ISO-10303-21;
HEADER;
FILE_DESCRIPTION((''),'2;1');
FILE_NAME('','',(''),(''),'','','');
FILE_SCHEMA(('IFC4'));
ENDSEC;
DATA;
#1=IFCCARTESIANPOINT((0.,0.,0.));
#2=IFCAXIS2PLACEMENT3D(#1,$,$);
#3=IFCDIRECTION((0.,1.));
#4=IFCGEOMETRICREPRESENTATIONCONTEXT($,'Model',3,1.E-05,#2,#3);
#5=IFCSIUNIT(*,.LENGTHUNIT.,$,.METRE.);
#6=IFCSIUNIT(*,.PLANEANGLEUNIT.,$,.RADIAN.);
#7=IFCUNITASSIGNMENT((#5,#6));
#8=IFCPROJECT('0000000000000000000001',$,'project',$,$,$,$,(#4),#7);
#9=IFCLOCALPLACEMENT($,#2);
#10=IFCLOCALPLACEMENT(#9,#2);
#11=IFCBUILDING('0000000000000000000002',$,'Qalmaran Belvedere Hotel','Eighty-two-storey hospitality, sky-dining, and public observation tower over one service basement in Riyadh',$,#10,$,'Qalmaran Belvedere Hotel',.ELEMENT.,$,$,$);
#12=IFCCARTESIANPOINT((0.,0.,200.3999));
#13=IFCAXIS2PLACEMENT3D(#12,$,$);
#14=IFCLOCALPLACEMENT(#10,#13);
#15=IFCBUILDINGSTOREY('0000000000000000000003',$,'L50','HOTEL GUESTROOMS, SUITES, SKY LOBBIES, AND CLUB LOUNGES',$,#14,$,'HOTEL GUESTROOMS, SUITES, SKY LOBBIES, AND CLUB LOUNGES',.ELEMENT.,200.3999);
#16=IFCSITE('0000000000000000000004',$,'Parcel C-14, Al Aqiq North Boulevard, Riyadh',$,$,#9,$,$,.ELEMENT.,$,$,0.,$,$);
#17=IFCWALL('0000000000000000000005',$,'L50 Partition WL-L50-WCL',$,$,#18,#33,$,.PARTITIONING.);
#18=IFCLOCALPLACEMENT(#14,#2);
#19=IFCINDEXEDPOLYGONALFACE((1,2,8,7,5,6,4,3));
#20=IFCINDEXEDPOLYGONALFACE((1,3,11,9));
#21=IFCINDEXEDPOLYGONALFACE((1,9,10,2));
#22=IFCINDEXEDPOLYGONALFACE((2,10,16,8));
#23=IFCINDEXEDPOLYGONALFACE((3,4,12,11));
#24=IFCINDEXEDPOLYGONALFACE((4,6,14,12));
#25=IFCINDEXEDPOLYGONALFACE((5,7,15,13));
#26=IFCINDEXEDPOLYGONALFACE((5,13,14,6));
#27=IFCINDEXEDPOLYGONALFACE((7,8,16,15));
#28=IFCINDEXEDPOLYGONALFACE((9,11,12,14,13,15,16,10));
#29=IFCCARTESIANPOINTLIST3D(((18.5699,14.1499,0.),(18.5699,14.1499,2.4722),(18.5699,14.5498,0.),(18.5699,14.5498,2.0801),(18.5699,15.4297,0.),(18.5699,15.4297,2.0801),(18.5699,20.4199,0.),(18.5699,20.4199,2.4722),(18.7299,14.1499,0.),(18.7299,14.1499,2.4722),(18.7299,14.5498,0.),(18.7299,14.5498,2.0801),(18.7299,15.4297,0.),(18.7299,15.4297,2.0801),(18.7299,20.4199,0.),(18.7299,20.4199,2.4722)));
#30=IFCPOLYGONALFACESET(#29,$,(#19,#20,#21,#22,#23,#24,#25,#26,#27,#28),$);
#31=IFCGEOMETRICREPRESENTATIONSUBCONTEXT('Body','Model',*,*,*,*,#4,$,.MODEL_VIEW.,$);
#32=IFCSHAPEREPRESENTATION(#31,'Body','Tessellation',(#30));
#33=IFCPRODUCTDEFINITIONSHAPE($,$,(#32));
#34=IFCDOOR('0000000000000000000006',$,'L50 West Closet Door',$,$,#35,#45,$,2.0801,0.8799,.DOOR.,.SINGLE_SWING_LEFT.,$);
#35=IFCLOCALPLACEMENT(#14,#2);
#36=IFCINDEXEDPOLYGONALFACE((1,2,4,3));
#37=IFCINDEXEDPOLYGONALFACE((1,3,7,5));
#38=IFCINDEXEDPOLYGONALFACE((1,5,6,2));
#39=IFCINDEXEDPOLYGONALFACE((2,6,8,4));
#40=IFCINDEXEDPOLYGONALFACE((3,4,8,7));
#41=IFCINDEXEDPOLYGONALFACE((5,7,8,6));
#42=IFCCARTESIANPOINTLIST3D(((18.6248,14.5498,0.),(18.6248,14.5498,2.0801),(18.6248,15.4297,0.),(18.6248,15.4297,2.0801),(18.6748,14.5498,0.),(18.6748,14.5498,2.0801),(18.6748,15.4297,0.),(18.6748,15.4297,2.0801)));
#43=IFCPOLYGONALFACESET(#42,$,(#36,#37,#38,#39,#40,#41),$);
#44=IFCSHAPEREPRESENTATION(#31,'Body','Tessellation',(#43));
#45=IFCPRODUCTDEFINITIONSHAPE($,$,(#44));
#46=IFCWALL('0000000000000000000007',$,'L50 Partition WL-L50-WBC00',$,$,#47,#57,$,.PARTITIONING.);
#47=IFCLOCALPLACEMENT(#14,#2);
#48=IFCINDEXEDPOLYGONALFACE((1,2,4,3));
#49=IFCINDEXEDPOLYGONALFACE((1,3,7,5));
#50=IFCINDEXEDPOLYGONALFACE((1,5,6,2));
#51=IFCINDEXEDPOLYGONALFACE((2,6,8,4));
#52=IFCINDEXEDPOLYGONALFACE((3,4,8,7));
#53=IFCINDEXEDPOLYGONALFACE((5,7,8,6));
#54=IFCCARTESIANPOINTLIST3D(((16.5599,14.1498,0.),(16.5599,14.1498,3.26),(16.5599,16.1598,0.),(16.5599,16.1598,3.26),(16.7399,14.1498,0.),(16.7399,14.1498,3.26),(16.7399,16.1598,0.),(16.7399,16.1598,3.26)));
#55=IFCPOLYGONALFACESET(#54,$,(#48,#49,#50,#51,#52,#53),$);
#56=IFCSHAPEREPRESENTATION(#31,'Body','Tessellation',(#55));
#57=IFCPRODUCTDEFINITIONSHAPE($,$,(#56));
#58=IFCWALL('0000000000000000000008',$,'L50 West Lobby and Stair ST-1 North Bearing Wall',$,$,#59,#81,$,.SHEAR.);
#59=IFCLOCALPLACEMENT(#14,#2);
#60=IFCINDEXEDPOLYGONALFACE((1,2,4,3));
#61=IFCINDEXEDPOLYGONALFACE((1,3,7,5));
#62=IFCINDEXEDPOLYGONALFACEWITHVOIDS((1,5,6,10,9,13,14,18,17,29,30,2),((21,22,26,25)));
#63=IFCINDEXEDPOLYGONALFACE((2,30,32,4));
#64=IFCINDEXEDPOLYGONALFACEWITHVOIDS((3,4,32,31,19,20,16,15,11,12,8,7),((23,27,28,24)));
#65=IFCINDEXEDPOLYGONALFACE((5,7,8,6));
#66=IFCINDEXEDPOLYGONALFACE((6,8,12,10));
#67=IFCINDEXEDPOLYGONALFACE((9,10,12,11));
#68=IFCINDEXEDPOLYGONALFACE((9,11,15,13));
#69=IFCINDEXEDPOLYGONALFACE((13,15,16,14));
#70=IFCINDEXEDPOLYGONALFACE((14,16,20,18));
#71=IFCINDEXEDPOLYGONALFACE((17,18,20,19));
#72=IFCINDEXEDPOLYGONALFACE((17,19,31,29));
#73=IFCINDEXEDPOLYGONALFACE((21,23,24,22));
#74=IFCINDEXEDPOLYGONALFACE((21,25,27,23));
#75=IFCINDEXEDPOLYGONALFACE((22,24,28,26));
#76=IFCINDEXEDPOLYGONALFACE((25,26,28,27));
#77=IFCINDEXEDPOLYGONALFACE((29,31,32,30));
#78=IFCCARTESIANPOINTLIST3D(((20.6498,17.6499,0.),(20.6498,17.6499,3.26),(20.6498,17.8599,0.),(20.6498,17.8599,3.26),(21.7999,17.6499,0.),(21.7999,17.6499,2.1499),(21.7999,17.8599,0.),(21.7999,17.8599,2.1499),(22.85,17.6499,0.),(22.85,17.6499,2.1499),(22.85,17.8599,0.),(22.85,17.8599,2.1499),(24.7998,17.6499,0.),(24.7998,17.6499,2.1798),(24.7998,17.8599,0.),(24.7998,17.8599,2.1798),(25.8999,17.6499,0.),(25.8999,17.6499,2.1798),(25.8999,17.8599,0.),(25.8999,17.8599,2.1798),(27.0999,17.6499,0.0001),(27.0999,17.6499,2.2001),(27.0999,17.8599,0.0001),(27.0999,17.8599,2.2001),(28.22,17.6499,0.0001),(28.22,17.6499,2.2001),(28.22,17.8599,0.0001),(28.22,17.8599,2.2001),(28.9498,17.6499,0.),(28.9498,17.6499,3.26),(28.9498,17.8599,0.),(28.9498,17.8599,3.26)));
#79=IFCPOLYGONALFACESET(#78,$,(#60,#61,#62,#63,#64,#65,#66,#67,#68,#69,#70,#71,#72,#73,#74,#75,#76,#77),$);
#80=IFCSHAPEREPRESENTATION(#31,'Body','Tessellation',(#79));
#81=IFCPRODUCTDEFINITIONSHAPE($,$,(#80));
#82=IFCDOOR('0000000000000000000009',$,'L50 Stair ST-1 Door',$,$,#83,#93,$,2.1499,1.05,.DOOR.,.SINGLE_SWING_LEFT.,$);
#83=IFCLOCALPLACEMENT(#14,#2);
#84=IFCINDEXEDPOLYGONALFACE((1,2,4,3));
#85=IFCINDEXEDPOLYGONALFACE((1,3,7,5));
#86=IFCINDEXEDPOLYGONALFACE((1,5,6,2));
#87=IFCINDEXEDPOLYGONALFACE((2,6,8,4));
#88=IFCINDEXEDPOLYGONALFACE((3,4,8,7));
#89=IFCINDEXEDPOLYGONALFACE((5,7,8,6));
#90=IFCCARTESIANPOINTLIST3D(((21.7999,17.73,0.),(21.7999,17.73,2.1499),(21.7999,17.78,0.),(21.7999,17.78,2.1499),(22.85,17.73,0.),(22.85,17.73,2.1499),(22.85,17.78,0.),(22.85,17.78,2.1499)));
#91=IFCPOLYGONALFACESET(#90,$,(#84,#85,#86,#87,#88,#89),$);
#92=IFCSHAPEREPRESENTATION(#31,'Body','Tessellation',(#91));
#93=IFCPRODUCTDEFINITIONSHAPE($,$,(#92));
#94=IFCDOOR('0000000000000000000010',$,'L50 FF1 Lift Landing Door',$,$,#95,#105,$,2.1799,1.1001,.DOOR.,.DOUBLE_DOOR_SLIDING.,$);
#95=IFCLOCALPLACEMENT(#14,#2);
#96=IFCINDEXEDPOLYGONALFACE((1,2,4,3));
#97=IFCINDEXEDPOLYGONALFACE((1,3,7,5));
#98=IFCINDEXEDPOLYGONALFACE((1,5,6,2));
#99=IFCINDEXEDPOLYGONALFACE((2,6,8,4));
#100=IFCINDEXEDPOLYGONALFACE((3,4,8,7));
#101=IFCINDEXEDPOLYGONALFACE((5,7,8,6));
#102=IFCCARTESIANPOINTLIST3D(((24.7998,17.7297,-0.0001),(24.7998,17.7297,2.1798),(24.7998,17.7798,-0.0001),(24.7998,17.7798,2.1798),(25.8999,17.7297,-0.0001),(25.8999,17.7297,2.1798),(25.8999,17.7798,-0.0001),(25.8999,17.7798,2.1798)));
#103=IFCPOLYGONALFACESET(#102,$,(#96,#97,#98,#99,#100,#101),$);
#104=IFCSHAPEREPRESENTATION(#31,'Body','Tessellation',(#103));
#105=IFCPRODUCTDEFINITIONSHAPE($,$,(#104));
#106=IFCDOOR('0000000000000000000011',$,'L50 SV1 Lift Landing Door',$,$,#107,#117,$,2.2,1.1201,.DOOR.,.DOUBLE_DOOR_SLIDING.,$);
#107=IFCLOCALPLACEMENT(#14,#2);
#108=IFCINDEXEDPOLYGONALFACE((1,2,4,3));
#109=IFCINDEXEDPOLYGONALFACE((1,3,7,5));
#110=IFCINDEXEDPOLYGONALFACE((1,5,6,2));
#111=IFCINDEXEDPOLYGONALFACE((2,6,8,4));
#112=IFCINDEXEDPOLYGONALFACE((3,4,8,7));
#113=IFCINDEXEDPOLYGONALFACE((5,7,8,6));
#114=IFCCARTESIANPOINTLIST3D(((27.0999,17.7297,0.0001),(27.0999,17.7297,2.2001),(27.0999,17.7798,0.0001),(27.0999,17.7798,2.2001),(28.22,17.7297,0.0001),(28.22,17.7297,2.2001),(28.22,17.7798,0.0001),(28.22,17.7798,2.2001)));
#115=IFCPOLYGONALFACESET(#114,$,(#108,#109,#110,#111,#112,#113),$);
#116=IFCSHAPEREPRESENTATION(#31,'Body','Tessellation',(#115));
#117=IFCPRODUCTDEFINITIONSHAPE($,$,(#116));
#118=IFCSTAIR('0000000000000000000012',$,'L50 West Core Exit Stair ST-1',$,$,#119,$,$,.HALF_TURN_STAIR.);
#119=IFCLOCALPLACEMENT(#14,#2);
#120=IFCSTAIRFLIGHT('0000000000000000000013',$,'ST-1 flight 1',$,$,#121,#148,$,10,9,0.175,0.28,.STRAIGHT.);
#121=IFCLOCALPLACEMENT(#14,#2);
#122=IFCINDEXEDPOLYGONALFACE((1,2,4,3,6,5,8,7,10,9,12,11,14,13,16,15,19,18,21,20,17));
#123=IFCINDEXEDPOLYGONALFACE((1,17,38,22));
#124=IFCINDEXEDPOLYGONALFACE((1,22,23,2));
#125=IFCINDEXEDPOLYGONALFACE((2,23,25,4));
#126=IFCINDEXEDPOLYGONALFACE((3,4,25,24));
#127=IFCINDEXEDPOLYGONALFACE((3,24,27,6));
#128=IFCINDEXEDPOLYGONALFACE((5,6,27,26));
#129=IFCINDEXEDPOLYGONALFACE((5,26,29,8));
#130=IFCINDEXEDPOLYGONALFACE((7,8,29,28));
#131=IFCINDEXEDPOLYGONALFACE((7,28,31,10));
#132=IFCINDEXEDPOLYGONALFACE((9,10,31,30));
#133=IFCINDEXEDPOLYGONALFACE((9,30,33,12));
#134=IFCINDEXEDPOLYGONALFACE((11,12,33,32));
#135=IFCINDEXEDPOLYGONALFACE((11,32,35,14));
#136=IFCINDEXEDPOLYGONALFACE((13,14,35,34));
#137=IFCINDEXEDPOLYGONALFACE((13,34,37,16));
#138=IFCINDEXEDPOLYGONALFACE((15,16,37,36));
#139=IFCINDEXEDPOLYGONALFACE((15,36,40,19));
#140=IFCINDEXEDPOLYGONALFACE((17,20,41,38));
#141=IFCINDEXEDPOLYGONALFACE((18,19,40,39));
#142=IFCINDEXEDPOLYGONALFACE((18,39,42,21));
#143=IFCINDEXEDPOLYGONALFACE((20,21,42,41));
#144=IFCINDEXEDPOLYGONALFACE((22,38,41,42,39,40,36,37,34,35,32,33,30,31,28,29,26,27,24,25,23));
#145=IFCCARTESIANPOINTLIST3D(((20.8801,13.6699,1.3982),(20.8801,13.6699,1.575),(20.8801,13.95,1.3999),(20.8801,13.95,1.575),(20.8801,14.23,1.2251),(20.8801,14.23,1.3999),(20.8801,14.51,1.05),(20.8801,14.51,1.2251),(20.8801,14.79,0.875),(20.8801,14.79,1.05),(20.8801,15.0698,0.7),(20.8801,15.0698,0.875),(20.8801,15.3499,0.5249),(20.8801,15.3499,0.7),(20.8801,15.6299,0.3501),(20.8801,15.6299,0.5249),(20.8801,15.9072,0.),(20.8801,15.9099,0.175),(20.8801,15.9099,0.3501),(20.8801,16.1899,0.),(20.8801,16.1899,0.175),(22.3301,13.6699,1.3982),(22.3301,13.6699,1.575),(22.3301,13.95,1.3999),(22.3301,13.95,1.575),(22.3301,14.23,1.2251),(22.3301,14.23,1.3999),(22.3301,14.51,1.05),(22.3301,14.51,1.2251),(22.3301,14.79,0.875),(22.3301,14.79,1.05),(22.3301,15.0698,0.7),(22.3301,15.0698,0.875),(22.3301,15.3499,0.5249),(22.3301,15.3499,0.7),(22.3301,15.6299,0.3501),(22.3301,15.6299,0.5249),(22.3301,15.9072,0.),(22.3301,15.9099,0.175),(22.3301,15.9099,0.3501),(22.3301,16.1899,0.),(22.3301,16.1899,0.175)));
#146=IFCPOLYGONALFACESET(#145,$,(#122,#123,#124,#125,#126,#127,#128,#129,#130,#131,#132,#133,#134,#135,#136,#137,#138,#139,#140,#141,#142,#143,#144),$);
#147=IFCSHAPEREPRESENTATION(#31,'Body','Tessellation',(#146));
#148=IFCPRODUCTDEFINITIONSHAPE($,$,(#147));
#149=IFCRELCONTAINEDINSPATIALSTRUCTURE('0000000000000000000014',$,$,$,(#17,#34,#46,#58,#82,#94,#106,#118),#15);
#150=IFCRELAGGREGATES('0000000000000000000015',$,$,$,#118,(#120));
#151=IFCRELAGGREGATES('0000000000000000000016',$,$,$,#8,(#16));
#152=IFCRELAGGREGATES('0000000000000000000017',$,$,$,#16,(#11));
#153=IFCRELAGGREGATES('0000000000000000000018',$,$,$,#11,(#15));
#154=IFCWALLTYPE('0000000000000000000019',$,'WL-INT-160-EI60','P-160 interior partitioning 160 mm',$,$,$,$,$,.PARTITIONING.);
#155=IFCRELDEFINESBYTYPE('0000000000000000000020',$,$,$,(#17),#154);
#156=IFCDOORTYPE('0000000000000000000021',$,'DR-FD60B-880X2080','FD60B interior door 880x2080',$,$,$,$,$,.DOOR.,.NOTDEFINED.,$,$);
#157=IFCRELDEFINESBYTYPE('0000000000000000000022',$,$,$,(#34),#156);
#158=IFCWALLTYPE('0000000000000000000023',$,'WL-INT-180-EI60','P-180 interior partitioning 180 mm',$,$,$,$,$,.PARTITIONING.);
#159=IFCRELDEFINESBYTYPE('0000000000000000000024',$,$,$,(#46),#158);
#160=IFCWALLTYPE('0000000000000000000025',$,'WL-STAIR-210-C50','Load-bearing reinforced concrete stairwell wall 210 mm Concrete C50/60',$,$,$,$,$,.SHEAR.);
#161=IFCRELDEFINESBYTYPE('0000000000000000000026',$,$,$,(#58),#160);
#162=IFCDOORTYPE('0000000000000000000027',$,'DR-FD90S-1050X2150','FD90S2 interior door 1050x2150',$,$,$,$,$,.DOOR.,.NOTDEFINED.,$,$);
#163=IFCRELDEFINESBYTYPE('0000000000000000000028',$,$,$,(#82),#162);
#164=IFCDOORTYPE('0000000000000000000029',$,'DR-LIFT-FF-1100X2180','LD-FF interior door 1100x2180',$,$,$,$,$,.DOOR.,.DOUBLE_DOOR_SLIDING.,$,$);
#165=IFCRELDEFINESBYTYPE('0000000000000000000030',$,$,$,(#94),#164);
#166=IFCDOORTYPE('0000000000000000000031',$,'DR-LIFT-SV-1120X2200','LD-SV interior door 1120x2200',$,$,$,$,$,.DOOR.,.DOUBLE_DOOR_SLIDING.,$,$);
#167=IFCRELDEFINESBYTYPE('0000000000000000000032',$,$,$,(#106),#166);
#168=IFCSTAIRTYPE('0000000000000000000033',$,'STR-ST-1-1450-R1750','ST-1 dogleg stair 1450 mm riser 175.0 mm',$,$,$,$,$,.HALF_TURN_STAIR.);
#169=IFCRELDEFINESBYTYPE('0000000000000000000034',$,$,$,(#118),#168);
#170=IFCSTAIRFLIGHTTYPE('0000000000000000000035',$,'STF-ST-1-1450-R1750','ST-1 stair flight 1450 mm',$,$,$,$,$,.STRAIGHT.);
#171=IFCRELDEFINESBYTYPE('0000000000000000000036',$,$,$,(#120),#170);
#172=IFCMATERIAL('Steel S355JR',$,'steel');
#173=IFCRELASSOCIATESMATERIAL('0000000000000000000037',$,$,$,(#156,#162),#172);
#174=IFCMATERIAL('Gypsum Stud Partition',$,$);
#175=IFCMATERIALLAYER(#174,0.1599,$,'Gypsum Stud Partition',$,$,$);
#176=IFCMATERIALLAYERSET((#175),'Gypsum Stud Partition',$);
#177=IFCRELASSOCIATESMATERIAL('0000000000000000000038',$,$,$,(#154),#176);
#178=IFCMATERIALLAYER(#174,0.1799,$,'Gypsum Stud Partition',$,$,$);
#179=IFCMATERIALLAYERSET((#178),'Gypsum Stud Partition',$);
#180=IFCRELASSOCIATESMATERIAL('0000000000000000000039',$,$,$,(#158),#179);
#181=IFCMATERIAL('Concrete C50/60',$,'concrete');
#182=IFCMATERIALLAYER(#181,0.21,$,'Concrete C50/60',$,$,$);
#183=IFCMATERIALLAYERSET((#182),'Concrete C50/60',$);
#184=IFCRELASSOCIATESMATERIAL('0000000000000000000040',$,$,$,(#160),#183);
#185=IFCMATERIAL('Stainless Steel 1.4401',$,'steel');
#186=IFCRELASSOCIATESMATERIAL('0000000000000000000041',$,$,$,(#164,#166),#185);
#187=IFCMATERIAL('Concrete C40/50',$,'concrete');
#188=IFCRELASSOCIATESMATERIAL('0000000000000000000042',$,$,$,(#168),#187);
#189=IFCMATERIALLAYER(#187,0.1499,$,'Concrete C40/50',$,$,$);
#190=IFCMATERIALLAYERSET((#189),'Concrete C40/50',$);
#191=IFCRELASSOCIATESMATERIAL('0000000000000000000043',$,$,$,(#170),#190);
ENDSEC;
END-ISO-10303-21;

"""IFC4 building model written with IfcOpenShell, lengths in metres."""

from ifc_helpers import new_model, si_unit, direction, frame, frame_2d, origin, place, context, subcontext, project, spatial, polyline, rectangle, outline, extrude, material, layer, layer_set, type_object, element, fill, aggregate, save


model = new_model("IFC4")

# Units and contexts
model_context = context("Model", 3, precision=1e-05, world=origin(), true_north=direction((0.0, 1.0)))
body_context = subcontext(model_context, "Body", "Model", "MODEL_VIEW")
ifc_project = project(units=[si_unit("LENGTHUNIT", "METRE"), si_unit("PLANEANGLEUNIT", "RADIAN")], contexts=[model_context])

# Site, building, storey
site_placement = place(None, origin())
site = spatial("IfcSite", under=ifc_project, at=site_placement, Name="Parcel C-14, Al Aqiq North Boulevard, Riyadh", CompositionType="ELEMENT", RefElevation=0.0)
building_placement = place(site_placement, origin())
building = spatial("IfcBuilding", under=site, at=building_placement, Name="Qalmaran Belvedere Hotel", Description="Eighty-two-storey hospitality, sky-dining, and public observation tower over one service basement in Riyadh", LongName="Qalmaran Belvedere Hotel", CompositionType="ELEMENT")
storey_placement = place(building_placement, frame((0.0, 0.0, 200.3999)))
storey = spatial("IfcBuildingStorey", under=building, at=storey_placement, Name="L50", Description="HOTEL GUESTROOMS, SUITES, SKY LOBBIES, AND CLUB LOUNGES", LongName="HOTEL GUESTROOMS, SUITES, SKY LOBBIES, AND CLUB LOUNGES", CompositionType="ELEMENT", Elevation=200.3999)

# Shared definitions
ifc_material_1 = material(Name="Gypsum Stud Partition")

# Shared definitions
ifc_material_2 = material(Name="Steel S355JR", Category="steel")
door_type_1 = type_object("IfcDoorType", Name="DR-FD60B-880X2080", Description="FD60B interior door 880x2080", OperationType="NOTDEFINED", PredefinedType="DOOR", material=ifc_material_2)

# Wall, opening, door
ifc_layer_1 = layer(ifc_material_1, 0.1599, Name="Gypsum Stud Partition")
ifc_layer_set_1 = layer_set([ifc_layer_1], Name="Gypsum Stud Partition")
wall_type_1 = type_object("IfcWallType", Name="WL-INT-160-EI60", Description="P-160 interior partitioning 160 mm", PredefinedType="PARTITIONING", material=ifc_layer_set_1)
wall_1_placement = place(storey_placement, frame((18.6499, 14.1499, 0.0), z_axis=(0.0, 0.0, 1.0), x_axis=(0.0, 1.0, 0.0)))
wall_1 = element("IfcWall", 1, at=wall_1_placement, inside=storey, type_object=wall_type_1, Name="L50 Partition WL-L50-WCL", PredefinedType="PARTITIONING", context=body_context, shape_type="SweptSolid", body=[
    extrude(rectangle(XDim=6.27, YDim=0.1599, at=frame_2d((3.135, 0.0))), origin(), (0.0, 0.0, 1.0), 2.4722),
])
opening_1_placement = place(wall_1_placement, frame((1.2798, 0.0, 0.0), z_axis=(0.0, 0.0, 1.0), x_axis=(-1.0, 0.0, 0.0)))
opening_1 = element("IfcOpeningElement", 2, at=opening_1_placement, cuts=wall_1, PredefinedType="OPENING", context=body_context, shape_type="SweptSolid", body=[
    extrude(rectangle(XDim=0.8799, YDim=2.0801, at=frame_2d((0.4399, 1.04))), frame((0.0, 0.0898, 0.0), z_axis=(0.0, -1.0, 0.0), x_axis=(1.0, 0.0, 0.0)), (0.0, 0.0, 1.0), 0.1799),
])
door_1_placement = place(opening_1_placement, origin())
door_1 = element("IfcDoor", 3, at=door_1_placement, inside=storey, type_object=door_type_1, Name="L50 West Closet Door", OperationType="SINGLE_SWING_LEFT", OverallHeight=2.0801, OverallWidth=0.8799, PredefinedType="DOOR", context=body_context, shape_type="SweptSolid", body=[
    extrude(rectangle(XDim=0.8799, YDim=2.0801, at=frame_2d((0.4399, 1.04))), frame((0.0, 0.0249, 0.0), z_axis=(0.0, -1.0, 0.0), x_axis=(1.0, 0.0, 0.0)), (0.0, 0.0, 1.0), 0.05),
])
fill(opening_1, door_1)

# Wall
ifc_layer_2 = layer(ifc_material_1, 0.1799, Name="Gypsum Stud Partition")
ifc_layer_set_2 = layer_set([ifc_layer_2], Name="Gypsum Stud Partition")
wall_type_2 = type_object("IfcWallType", Name="WL-INT-180-EI60", Description="P-180 interior partitioning 180 mm", PredefinedType="PARTITIONING", material=ifc_layer_set_2)
wall_2_placement = place(storey_placement, frame((16.6499, 14.1499, 0.0), z_axis=(0.0, 0.0, 1.0), x_axis=(0.0, 1.0, 0.0)))
element("IfcWall", 4, at=wall_2_placement, inside=storey, type_object=wall_type_2, Name="L50 Partition WL-L50-WBC00", PredefinedType="PARTITIONING", context=body_context, shape_type="SweptSolid", body=[
    extrude(rectangle(XDim=2.01, YDim=0.1799, at=frame_2d((1.0049, 0.0))), origin(), (0.0, 0.0, 1.0), 3.26),
])

# Wall, openings, doors
ifc_material_3 = material(Name="Concrete C50/60", Category="concrete")
ifc_layer_3 = layer(ifc_material_3, 0.21, Name="Concrete C50/60")
ifc_layer_set_3 = layer_set([ifc_layer_3], Name="Concrete C50/60")
wall_type_3 = type_object("IfcWallType", Name="WL-STAIR-210-C50", Description="Load-bearing reinforced concrete stairwell wall 210 mm Concrete C50/60", PredefinedType="SHEAR", material=ifc_layer_set_3)
wall_3_placement = place(storey_placement, frame((20.6499, 17.7549, 0.0), z_axis=(0.0, 0.0, 1.0), x_axis=(1.0, 0.0, 0.0)))
wall_3 = element("IfcWall", 5, at=wall_3_placement, inside=storey, type_object=wall_type_3, Name="L50 West Lobby and Stair ST-1 North Bearing Wall", PredefinedType="SHEAR", context=body_context, shape_type="SweptSolid", body=[
    extrude(rectangle(XDim=8.3, YDim=0.21, at=frame_2d((4.1499, 0.0))), origin(), (0.0, 0.0, 1.0), 3.26),
])
opening_2_placement = place(wall_3_placement, frame((2.2, 0.0, 0.0), z_axis=(0.0, 0.0, 1.0), x_axis=(-1.0, 0.0, 0.0)))
opening_2 = element("IfcOpeningElement", 6, at=opening_2_placement, cuts=wall_3, PredefinedType="OPENING", context=body_context, shape_type="SweptSolid", body=[
    extrude(rectangle(XDim=1.05, YDim=2.1499, at=frame_2d((0.5249, 1.075))), frame((0.0, 0.115, 0.0), z_axis=(0.0, -1.0, 0.0), x_axis=(1.0, 0.0, 0.0)), (0.0, 0.0, 1.0), 0.23),
])
opening_3_placement = place(wall_3_placement, frame((4.1499, 0.0, 0.0)))
opening_3 = element("IfcOpeningElement", 7, at=opening_3_placement, cuts=wall_3, PredefinedType="OPENING", context=body_context, shape_type="SweptSolid", body=[
    extrude(rectangle(XDim=1.1001, YDim=2.1799, at=frame_2d((0.55, 1.0898))), frame((0.0, 0.115, 0.0), z_axis=(0.0, -1.0, 0.0), x_axis=(1.0, 0.0, 0.0)), (0.0, 0.0, 1.0), 0.23),
])
opening_4_placement = place(wall_3_placement, frame((6.45, 0.0, 0.0)))
opening_4 = element("IfcOpeningElement", 8, at=opening_4_placement, cuts=wall_3, PredefinedType="OPENING", context=body_context, shape_type="SweptSolid", body=[
    extrude(rectangle(XDim=1.1201, YDim=2.2, at=frame_2d((0.5601, 1.1001))), frame((0.0, 0.115, 0.0), z_axis=(0.0, -1.0, 0.0), x_axis=(1.0, 0.0, 0.0)), (0.0, 0.0, 1.0), 0.23),
])
door_type_2 = type_object("IfcDoorType", Name="DR-FD90S-1050X2150", Description="FD90S2 interior door 1050x2150", OperationType="NOTDEFINED", PredefinedType="DOOR", material=ifc_material_2)
door_2_placement = place(opening_2_placement, origin())
door_2 = element("IfcDoor", 9, at=door_2_placement, inside=storey, type_object=door_type_2, Name="L50 Stair ST-1 Door", OperationType="SINGLE_SWING_LEFT", OverallHeight=2.1499, OverallWidth=1.05, PredefinedType="DOOR", context=body_context, shape_type="SweptSolid", body=[
    extrude(rectangle(XDim=1.05, YDim=2.1499, at=frame_2d((0.5249, 1.075))), frame((0.0, 0.0249, 0.0), z_axis=(0.0, -1.0, 0.0), x_axis=(1.0, 0.0, 0.0)), (0.0, 0.0, 1.0), 0.05),
])
fill(opening_2, door_2)
ifc_material_4 = material(Name="Stainless Steel 1.4401", Category="steel")
door_type_3 = type_object("IfcDoorType", Name="DR-LIFT-FF-1100X2180", Description="LD-FF interior door 1100x2180", OperationType="DOUBLE_DOOR_SLIDING", PredefinedType="DOOR", material=ifc_material_4)
door_3_placement = place(opening_3_placement, origin())
door_3 = element("IfcDoor", 10, at=door_3_placement, inside=storey, type_object=door_type_3, Name="L50 FF1 Lift Landing Door", OperationType="DOUBLE_DOOR_SLIDING", OverallHeight=2.1799, OverallWidth=1.1001, PredefinedType="DOOR", context=body_context, shape_type="SweptSolid", body=[
    extrude(rectangle(XDim=1.1001, YDim=2.1799, at=frame_2d((0.55, 1.0898))), frame((0.0, 0.0249, 0.0), z_axis=(0.0, -1.0, 0.0), x_axis=(1.0, 0.0, 0.0)), (0.0, 0.0, 1.0), 0.05),
])
fill(opening_3, door_3)
door_type_4 = type_object("IfcDoorType", Name="DR-LIFT-SV-1120X2200", Description="LD-SV interior door 1120x2200", OperationType="DOUBLE_DOOR_SLIDING", PredefinedType="DOOR", material=ifc_material_4)
door_4_placement = place(opening_4_placement, origin())
door_4 = element("IfcDoor", 11, at=door_4_placement, inside=storey, type_object=door_type_4, Name="L50 SV1 Lift Landing Door", OperationType="DOUBLE_DOOR_SLIDING", OverallHeight=2.2, OverallWidth=1.1201, PredefinedType="DOOR", context=body_context, shape_type="SweptSolid", body=[
    extrude(rectangle(XDim=1.1201, YDim=2.2, at=frame_2d((0.5601, 1.1001))), frame((0.0, 0.0249, 0.0), z_axis=(0.0, -1.0, 0.0), x_axis=(1.0, 0.0, 0.0)), (0.0, 0.0, 1.0), 0.05),
])
fill(opening_4, door_4)

# Stair, stair flight
ifc_material_5 = material(Name="Concrete C40/50", Category="concrete")
stair_type = type_object("IfcStairType", Name="STR-ST-1-1450-R1750", Description="ST-1 dogleg stair 1450 mm riser 175.0 mm", PredefinedType="HALF_TURN_STAIR", material=ifc_material_5)
stair_placement = place(storey_placement, origin())
stair = element("IfcStair", 12, at=stair_placement, inside=storey, type_object=stair_type, Name="L50 West Core Exit Stair ST-1", PredefinedType="HALF_TURN_STAIR")
ifc_layer_4 = layer(ifc_material_5, 0.1499, Name="Concrete C40/50")
ifc_layer_set_4 = layer_set([ifc_layer_4], Name="Concrete C40/50")
stair_flight_type = type_object("IfcStairFlightType", Name="STF-ST-1-1450-R1750", Description="ST-1 stair flight 1450 mm", PredefinedType="STRAIGHT", material=ifc_layer_set_4)
stair_flight_1_placement = place(storey_placement, frame((21.605, 16.1899, 0.0), z_axis=(0.0, 0.0, 1.0), x_axis=(0.0, -1.0, 0.0)))
stair_flight_1 = element("IfcStairFlight", 13, at=stair_flight_1_placement, type_object=stair_flight_type, Name="ST-1 flight 1", NumberOfRisers=10, NumberOfTreads=9, PredefinedType="STRAIGHT", RiserHeight=0.175, TreadLength=0.28, context=body_context, shape_type="SweptSolid", body=[
    extrude(outline(polyline([(0.0, 0.0), (0.0, 0.175), (0.28, 0.175), (0.28, 0.3501), (0.5601, 0.3501), (0.5601, 0.5249), (0.8401, 0.5249), (0.8401, 0.7), (1.1201, 0.7), (1.1201, 0.875), (1.3999, 0.875), (1.3999, 1.05), (1.6799, 1.05), (1.6799, 1.2251), (1.96, 1.2251), (1.96, 1.3999), (2.24, 1.3999), (2.24, 1.575), (2.52, 1.575), (2.52, 1.75), (2.52, 1.3982), (0.2827, 0.0), (0.0, 0.0)])), frame((0.0, 0.7251, 0.0), z_axis=(0.0, -1.0, 0.0), x_axis=(1.0, 0.0, 0.0)), (0.0, 0.0, 1.0), 1.45),
])
aggregate(stair, [stair_flight_1])

save(model, "model.ifc")
